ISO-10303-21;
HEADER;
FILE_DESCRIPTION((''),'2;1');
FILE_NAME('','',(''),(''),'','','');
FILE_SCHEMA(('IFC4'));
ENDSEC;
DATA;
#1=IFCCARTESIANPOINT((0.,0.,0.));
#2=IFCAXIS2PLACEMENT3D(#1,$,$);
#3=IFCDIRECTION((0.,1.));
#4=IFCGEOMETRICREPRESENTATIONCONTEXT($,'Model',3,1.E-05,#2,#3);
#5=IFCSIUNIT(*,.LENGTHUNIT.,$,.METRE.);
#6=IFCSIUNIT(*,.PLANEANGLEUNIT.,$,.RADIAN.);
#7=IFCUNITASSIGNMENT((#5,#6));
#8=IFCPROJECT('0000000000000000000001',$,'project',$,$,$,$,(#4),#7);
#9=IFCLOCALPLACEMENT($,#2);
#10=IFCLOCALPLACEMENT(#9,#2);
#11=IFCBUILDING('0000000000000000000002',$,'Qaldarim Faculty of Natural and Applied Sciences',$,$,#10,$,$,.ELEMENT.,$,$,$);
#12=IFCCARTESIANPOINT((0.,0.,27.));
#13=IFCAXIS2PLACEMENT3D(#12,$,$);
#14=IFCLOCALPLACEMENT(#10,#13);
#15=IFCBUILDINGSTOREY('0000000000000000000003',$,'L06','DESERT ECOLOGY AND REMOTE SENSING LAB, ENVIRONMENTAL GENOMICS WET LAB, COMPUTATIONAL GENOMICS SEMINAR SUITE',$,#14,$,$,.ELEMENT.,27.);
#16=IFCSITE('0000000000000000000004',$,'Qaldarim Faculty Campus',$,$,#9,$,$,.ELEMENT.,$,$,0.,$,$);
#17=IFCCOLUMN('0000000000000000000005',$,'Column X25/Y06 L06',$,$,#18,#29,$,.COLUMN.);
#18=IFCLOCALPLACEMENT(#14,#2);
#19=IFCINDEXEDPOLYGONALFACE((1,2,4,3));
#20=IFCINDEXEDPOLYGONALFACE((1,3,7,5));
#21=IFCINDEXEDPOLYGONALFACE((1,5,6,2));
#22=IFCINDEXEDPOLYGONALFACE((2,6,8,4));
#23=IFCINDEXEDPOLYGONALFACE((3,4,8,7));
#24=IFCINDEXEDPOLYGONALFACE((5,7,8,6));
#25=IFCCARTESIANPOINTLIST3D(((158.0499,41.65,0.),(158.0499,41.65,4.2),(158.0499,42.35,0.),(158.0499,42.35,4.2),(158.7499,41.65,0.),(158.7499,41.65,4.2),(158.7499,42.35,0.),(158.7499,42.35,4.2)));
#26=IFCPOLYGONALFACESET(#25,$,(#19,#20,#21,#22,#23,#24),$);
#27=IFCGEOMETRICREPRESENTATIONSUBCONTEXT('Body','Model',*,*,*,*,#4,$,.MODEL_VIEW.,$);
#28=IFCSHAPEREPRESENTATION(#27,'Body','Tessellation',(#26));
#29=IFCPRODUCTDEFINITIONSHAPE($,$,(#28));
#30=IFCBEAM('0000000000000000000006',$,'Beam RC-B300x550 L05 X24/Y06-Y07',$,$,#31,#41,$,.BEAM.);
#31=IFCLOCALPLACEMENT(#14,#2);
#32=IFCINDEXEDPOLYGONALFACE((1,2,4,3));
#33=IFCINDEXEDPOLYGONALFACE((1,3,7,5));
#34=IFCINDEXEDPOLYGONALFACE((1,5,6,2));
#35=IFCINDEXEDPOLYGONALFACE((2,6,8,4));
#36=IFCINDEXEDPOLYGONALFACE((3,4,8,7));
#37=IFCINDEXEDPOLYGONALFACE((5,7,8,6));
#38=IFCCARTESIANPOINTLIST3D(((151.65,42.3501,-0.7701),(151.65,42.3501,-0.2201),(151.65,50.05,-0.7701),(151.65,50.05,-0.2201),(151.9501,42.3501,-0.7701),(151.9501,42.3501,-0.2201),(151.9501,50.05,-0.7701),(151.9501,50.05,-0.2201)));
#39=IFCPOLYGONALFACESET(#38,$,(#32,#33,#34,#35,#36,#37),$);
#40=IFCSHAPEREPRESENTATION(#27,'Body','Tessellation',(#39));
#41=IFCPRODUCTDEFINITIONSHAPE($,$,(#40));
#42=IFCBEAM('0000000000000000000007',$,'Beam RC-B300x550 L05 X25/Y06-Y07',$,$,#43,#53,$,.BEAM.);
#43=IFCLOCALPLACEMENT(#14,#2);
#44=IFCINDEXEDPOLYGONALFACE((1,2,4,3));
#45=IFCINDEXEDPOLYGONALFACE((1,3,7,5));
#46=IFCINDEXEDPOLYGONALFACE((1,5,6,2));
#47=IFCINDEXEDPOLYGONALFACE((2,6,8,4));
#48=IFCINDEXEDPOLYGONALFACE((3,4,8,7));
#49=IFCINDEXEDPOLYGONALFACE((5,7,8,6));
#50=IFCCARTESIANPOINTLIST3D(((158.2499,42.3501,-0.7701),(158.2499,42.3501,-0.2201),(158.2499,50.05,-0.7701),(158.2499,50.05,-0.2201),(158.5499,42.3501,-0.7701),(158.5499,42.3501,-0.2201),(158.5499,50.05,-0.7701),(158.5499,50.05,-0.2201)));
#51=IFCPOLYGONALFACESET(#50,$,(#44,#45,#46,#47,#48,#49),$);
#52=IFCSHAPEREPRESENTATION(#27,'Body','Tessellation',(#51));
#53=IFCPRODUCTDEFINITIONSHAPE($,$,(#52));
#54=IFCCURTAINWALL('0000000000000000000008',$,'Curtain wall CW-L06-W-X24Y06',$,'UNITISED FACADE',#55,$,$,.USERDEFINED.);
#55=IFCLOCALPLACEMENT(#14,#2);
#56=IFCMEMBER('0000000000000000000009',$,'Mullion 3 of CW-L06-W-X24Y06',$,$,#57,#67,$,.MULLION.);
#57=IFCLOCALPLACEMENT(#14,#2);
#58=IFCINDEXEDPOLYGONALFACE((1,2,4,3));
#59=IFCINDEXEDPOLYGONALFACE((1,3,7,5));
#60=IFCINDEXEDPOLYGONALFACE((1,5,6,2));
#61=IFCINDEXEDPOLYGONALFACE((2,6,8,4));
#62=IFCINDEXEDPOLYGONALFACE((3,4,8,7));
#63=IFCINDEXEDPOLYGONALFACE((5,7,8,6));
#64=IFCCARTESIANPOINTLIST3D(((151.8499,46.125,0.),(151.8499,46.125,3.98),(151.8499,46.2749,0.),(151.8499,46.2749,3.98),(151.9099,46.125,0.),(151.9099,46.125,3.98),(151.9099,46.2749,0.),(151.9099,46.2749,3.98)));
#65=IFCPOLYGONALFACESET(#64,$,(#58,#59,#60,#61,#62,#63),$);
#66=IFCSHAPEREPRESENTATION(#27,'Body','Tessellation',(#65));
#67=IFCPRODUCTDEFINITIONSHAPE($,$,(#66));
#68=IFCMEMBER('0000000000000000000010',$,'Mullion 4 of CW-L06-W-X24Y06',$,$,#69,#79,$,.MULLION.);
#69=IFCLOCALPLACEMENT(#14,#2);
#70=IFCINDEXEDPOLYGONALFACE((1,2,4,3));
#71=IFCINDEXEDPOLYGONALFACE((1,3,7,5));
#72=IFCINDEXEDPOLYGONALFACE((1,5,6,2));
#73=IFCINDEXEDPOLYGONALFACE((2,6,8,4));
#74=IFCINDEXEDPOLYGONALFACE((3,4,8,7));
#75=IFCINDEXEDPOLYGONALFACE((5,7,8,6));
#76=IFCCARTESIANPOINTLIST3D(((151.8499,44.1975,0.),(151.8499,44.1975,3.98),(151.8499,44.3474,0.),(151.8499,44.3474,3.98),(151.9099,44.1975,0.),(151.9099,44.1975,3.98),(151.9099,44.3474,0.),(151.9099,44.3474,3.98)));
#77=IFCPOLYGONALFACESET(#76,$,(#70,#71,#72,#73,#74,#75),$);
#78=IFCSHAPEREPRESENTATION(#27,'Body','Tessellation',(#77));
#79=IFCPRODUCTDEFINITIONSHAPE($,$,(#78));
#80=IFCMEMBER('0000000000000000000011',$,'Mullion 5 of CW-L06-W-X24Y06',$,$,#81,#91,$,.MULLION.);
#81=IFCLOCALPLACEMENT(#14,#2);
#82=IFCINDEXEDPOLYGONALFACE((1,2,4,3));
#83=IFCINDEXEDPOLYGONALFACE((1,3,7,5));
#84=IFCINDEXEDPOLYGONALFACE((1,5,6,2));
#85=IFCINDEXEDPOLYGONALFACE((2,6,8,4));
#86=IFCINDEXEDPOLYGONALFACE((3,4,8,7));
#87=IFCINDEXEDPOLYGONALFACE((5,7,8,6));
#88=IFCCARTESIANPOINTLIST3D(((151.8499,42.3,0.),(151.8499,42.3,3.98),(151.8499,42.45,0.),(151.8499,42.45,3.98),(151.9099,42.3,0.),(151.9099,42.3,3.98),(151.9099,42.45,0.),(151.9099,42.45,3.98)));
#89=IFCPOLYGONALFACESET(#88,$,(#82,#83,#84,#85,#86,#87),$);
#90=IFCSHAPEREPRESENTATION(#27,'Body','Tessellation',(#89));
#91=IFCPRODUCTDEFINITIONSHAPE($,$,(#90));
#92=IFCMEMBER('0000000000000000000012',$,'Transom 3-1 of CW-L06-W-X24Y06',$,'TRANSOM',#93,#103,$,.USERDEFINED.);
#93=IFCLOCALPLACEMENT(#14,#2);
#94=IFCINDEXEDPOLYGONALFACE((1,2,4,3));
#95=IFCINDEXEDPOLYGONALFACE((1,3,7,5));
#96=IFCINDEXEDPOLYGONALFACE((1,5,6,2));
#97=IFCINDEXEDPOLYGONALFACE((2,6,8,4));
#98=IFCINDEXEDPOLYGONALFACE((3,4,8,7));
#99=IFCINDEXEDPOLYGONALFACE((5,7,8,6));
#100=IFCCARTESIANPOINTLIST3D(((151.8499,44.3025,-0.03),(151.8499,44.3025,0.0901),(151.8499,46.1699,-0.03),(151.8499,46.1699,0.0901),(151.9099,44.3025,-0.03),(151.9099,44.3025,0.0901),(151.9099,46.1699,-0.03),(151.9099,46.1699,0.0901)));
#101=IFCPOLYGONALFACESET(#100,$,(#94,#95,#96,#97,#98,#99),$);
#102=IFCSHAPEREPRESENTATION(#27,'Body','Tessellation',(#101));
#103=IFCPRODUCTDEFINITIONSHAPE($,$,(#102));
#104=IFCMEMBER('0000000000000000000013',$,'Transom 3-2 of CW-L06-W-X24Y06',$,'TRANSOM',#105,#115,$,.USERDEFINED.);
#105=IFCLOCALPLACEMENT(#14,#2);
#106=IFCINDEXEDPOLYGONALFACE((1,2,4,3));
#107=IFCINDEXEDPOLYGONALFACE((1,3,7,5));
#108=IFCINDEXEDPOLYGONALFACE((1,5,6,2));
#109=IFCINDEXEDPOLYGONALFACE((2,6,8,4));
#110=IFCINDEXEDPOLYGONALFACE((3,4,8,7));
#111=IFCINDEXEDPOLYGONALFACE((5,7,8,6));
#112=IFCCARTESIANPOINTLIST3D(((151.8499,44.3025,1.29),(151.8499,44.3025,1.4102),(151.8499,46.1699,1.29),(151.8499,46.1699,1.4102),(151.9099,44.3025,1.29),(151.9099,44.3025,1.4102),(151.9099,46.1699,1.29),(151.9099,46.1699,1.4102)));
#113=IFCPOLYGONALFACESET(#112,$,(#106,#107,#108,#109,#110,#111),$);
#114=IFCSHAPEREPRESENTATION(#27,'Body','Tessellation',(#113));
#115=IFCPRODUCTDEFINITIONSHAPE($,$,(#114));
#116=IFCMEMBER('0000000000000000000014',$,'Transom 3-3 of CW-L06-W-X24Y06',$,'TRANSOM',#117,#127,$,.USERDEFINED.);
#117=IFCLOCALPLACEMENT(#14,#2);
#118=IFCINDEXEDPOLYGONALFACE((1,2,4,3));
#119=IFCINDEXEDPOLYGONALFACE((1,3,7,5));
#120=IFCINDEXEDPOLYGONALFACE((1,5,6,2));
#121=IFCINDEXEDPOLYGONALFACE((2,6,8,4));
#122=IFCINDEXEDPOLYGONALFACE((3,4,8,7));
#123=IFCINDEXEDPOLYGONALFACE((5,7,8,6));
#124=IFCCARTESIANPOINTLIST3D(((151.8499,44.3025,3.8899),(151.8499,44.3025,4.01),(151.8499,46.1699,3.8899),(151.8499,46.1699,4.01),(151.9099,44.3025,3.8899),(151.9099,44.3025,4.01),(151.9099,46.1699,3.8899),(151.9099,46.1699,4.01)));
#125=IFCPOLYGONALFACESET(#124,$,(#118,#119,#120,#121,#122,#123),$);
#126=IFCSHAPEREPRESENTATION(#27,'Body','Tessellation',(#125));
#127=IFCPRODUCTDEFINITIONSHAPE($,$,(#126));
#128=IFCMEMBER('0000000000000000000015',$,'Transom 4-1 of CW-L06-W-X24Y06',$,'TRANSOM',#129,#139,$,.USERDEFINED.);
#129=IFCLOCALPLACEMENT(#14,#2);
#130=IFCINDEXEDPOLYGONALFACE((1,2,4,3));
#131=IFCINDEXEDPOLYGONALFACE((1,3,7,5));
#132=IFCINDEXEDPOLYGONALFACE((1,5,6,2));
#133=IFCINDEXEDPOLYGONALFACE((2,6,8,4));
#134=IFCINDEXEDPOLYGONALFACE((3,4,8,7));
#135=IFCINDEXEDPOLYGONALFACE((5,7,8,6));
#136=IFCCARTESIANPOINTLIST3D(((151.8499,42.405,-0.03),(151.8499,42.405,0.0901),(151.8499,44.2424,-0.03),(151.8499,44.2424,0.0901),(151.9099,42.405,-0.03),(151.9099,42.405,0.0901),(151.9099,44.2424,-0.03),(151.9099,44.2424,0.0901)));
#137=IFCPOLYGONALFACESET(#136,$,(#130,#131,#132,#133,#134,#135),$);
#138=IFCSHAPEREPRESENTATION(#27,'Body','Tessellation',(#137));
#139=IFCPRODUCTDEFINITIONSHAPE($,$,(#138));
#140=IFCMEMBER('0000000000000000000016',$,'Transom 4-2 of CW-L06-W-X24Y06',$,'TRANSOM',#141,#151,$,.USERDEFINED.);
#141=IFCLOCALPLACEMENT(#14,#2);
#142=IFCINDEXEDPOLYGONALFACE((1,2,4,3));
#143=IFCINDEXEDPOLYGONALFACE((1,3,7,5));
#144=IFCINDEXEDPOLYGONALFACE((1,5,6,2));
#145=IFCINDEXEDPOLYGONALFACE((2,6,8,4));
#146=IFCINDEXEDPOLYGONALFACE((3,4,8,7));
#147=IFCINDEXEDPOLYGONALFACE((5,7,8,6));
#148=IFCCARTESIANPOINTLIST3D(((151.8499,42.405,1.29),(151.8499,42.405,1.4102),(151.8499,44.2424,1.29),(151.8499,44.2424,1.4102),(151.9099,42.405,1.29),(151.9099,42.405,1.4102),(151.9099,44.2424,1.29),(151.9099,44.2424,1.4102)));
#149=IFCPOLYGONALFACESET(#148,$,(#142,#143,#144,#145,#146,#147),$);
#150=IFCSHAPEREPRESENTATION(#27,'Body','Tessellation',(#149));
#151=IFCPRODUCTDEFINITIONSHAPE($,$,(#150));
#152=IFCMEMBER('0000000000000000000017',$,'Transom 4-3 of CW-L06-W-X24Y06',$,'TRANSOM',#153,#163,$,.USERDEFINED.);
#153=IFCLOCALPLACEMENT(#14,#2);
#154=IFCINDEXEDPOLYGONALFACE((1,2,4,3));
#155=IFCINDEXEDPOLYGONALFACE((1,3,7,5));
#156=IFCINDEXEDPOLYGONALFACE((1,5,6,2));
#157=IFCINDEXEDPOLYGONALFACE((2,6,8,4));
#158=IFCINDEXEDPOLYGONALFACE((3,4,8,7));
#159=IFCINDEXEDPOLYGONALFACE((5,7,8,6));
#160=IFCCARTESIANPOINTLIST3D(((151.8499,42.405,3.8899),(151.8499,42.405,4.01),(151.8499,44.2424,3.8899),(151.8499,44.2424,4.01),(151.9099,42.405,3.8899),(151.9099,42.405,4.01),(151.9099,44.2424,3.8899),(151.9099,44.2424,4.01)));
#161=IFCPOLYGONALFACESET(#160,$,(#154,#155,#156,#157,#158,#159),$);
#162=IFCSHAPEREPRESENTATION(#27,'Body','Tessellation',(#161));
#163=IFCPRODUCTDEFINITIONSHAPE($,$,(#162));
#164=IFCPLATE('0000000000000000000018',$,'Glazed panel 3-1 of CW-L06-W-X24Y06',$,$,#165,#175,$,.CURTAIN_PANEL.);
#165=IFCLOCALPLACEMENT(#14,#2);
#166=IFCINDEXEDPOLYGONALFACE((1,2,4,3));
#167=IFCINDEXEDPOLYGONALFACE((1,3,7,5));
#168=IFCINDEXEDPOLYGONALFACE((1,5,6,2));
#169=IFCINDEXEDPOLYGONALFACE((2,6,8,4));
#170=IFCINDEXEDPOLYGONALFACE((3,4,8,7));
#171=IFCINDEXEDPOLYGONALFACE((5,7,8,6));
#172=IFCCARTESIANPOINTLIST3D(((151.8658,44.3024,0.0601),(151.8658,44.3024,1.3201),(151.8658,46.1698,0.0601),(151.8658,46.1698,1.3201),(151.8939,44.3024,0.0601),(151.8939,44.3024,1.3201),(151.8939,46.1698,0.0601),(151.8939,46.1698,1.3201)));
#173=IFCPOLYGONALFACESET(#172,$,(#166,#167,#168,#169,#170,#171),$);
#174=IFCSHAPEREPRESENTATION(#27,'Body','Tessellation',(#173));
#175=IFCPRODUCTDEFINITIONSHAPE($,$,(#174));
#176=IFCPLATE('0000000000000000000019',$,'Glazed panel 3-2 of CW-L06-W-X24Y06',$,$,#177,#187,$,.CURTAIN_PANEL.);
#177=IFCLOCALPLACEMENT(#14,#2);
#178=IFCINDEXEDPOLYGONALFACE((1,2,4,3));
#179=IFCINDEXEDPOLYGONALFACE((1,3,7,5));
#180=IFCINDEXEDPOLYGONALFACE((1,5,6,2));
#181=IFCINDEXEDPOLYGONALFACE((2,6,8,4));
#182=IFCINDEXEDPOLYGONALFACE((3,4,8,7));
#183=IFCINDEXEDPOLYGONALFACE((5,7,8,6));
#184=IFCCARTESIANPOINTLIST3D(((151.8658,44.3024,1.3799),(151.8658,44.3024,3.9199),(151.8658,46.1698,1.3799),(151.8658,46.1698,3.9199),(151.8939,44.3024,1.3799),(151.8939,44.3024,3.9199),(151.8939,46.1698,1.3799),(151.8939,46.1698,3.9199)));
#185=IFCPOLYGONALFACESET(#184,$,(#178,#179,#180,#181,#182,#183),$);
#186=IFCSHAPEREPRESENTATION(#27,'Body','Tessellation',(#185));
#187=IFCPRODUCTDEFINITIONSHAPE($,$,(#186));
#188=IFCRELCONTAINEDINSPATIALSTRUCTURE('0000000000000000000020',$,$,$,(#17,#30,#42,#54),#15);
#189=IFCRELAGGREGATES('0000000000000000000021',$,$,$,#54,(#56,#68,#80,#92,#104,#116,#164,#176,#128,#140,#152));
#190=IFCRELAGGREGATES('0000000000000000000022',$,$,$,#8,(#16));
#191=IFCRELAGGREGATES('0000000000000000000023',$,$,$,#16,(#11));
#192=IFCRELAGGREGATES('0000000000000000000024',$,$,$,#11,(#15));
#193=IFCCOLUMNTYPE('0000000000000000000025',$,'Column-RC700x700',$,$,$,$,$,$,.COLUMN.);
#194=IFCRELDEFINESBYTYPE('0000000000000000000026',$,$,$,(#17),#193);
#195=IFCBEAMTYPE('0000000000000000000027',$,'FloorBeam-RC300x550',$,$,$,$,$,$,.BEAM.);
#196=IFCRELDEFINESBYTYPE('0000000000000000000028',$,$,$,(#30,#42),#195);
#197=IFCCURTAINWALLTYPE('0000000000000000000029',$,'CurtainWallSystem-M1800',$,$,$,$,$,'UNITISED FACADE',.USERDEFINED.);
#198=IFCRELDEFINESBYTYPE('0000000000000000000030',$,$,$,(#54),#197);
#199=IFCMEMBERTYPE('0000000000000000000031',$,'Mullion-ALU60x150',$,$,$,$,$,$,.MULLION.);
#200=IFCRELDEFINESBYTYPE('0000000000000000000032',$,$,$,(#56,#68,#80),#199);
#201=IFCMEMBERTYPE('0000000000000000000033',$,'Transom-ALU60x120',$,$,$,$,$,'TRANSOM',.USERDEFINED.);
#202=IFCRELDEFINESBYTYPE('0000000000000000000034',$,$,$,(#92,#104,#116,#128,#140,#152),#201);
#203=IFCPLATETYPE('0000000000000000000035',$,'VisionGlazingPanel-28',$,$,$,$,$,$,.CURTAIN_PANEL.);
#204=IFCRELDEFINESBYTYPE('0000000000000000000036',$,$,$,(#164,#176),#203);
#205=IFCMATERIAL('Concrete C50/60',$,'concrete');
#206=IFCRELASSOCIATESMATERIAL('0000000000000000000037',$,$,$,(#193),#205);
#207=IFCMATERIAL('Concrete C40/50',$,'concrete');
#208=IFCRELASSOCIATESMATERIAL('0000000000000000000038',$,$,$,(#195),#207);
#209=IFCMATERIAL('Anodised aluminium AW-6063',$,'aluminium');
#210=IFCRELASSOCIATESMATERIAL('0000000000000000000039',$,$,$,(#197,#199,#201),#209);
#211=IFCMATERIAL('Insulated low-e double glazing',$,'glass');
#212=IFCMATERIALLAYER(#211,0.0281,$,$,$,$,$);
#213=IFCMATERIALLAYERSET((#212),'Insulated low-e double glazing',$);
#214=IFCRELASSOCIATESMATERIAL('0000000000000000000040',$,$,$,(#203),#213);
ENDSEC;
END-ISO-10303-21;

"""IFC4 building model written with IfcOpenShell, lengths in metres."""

from ifc_helpers import new_model, si_unit, direction, frame, origin, origin_2d, place, context, subcontext, project, spatial, rectangle, extrude, material, layer, layer_set, material_profile, profile_set, type_object, element, aggregate, save


model = new_model("IFC4")

# Units and contexts
model_context = context("Model", 3, precision=1e-05, world=origin(), true_north=direction((0.0, 1.0)))
body_context = subcontext(model_context, "Body", "Model", "MODEL_VIEW")
ifc_project = project(units=[si_unit("LENGTHUNIT", "METRE"), si_unit("PLANEANGLEUNIT", "RADIAN")], contexts=[model_context])

# Site, building, storey
site_placement = place(None, origin())
site = spatial("IfcSite", under=ifc_project, at=site_placement, Name="Qaldarim Faculty Campus", CompositionType="ELEMENT", RefElevation=0.0)
building_placement = place(site_placement, origin())
building = spatial("IfcBuilding", under=site, at=building_placement, Name="Qaldarim Faculty of Natural and Applied Sciences", CompositionType="ELEMENT")
storey_placement = place(building_placement, frame((0.0, 0.0, 27.0)))
storey = spatial("IfcBuildingStorey", under=building, at=storey_placement, Name="L06", Description="DESERT ECOLOGY AND REMOTE SENSING LAB, ENVIRONMENTAL GENOMICS WET LAB, COMPUTATIONAL GENOMICS SEMINAR SUITE", CompositionType="ELEMENT", Elevation=27.0)

# Column
ifc_material_1 = material(Name="Concrete C50/60", Category="concrete")
ifc_material_profile_1 = material_profile(ifc_material_1, rectangle(XDim=0.7, YDim=0.7, at=origin_2d()), Name="RC-C700x700")
ifc_profile_set_1 = profile_set([ifc_material_profile_1], Name="Concrete C50/60")
column_type = type_object("IfcColumnType", Name="Column-RC700x700", PredefinedType="COLUMN", material=ifc_profile_set_1)
column_placement = place(storey_placement, frame((158.3999, 42.0, 0.0), z_axis=(0.0, 0.0, 1.0), x_axis=(1.0, 0.0, 0.0)))
element("IfcColumn", 1, at=column_placement, inside=storey, type_object=column_type, Name="Column X25/Y06 L06", PredefinedType="COLUMN", context=body_context, shape_type="SweptSolid", body=[
    extrude(rectangle(XDim=0.7, YDim=0.7, at=origin_2d()), origin(), (0.0, 0.0, 1.0), 4.2),
])

# Beams
ifc_material_2 = material(Name="Concrete C40/50", Category="concrete")
ifc_material_profile_2 = material_profile(ifc_material_2, rectangle(XDim=0.3, YDim=0.55, at=origin_2d()), Name="RC-B300x550")
ifc_profile_set_2 = profile_set([ifc_material_profile_2], Name="Concrete C40/50")
beam_type = type_object("IfcBeamType", Name="FloorBeam-RC300x550", PredefinedType="BEAM", material=ifc_profile_set_2)
for number, where, z_axis, x_axis, name in (
    (2, (151.8, 42.3501, -0.4951), (0.0, 1.0, 0.0), (-1.0, 0.0, 0.0), "Beam RC-B300x550 L05 X24/Y06-Y07"),
    (3, (158.3999, 42.3501, -0.4951), (0.0, 1.0, 0.0), (-1.0, 0.0, 0.0), "Beam RC-B300x550 L05 X25/Y06-Y07"),
):
    element("IfcBeam", number, at=place(storey_placement, frame(where, z_axis=z_axis, x_axis=x_axis)), inside=storey, type_object=beam_type, Name=name, PredefinedType="BEAM", context=body_context, shape_type="SweptSolid", body=[
        extrude(rectangle(XDim=0.3, YDim=0.55, at=origin_2d()), origin(), (0.0, 0.0, 1.0), 7.7),
    ])

# Curtain wall, members, plates
ifc_material_3 = material(Name="Anodised aluminium AW-6063", Category="aluminium")
curtain_wall_type = type_object("IfcCurtainWallType", Name="CurtainWallSystem-M1800", ElementType="UNITISED FACADE", PredefinedType="USERDEFINED", material=ifc_material_3)
curtain_wall_placement = place(storey_placement, origin())
curtain_wall = element("IfcCurtainWall", 4, at=curtain_wall_placement, inside=storey, type_object=curtain_wall_type, Name="Curtain wall CW-L06-W-X24Y06", ObjectType="UNITISED FACADE", PredefinedType="USERDEFINED")
ifc_material_profile_3 = material_profile(ifc_material_3, rectangle(XDim=0.0601, YDim=0.1499, at=origin_2d()), Name="ALU-M60x150")
ifc_profile_set_3 = profile_set([ifc_material_profile_3], Name="Anodised aluminium AW-6063")
member_type_1 = type_object("IfcMemberType", Name="Mullion-ALU60x150", PredefinedType="MULLION", material=ifc_profile_set_3)
member_1_placement = place(storey_placement, frame((151.8799, 46.2, 0.0), z_axis=(0.0, 0.0, 1.0), x_axis=(1.0, 0.0, 0.0)))
member_1 = element("IfcMember", 5, at=member_1_placement, type_object=member_type_1, Name="Mullion 3 of CW-L06-W-X24Y06", PredefinedType="MULLION", context=body_context, shape_type="SweptSolid", body=[
    extrude(rectangle(XDim=0.0601, YDim=0.1499, at=origin_2d()), origin(), (0.0, 0.0, 1.0), 3.98),
])
member_2_placement = place(storey_placement, frame((151.8799, 44.2725, 0.0), z_axis=(0.0, 0.0, 1.0), x_axis=(1.0, 0.0, 0.0)))
member_2 = element("IfcMember", 6, at=member_2_placement, type_object=member_type_1, Name="Mullion 4 of CW-L06-W-X24Y06", PredefinedType="MULLION", context=body_context, shape_type="SweptSolid", body=[
    extrude(rectangle(XDim=0.0601, YDim=0.1499, at=origin_2d()), origin(), (0.0, 0.0, 1.0), 3.98),
])
member_3_placement = place(storey_placement, frame((151.8799, 42.375, 0.0), z_axis=(0.0, 0.0, 1.0), x_axis=(1.0, 0.0, 0.0)))
member_3 = element("IfcMember", 7, at=member_3_placement, type_object=member_type_1, Name="Mullion 5 of CW-L06-W-X24Y06", PredefinedType="MULLION", context=body_context, shape_type="SweptSolid", body=[
    extrude(rectangle(XDim=0.0601, YDim=0.1499, at=origin_2d()), origin(), (0.0, 0.0, 1.0), 3.98),
])
ifc_material_profile_4 = material_profile(ifc_material_3, rectangle(XDim=0.0601, YDim=0.1201, at=origin_2d()), Name="ALU-T60x120")
ifc_profile_set_4 = profile_set([ifc_material_profile_4], Name="Anodised aluminium AW-6063")
member_type_2 = type_object("IfcMemberType", Name="Transom-ALU60x120", ElementType="TRANSOM", PredefinedType="USERDEFINED", material=ifc_profile_set_4)
member_4_placement = place(storey_placement, frame((151.8799, 46.1699, 0.03), z_axis=(0.0, -1.0, 0.0), x_axis=(1.0, 0.0, 0.0)))
member_4 = element("IfcMember", 8, at=member_4_placement, type_object=member_type_2, Name="Transom 3-1 of CW-L06-W-X24Y06", ObjectType="TRANSOM", PredefinedType="USERDEFINED", context=body_context, shape_type="SweptSolid", body=[
    extrude(rectangle(XDim=0.0601, YDim=0.1201, at=origin_2d()), origin(), (0.0, 0.0, 1.0), 1.8674),
])
member_5_placement = place(storey_placement, frame((151.8799, 46.1699, 1.3501), z_axis=(0.0, -1.0, 0.0), x_axis=(1.0, 0.0, 0.0)))
member_5 = element("IfcMember", 9, at=member_5_placement, type_object=member_type_2, Name="Transom 3-2 of CW-L06-W-X24Y06", ObjectType="TRANSOM", PredefinedType="USERDEFINED", context=body_context, shape_type="SweptSolid", body=[
    extrude(rectangle(XDim=0.0601, YDim=0.1201, at=origin_2d()), origin(), (0.0, 0.0, 1.0), 1.8674),
])
member_6_placement = place(storey_placement, frame((151.8799, 46.1699, 3.95), z_axis=(0.0, -1.0, 0.0), x_axis=(1.0, 0.0, 0.0)))
member_6 = element("IfcMember", 10, at=member_6_placement, type_object=member_type_2, Name="Transom 3-3 of CW-L06-W-X24Y06", ObjectType="TRANSOM", PredefinedType="USERDEFINED", context=body_context, shape_type="SweptSolid", body=[
    extrude(rectangle(XDim=0.0601, YDim=0.1201, at=origin_2d()), origin(), (0.0, 0.0, 1.0), 1.8674),
])
member_7_placement = place(storey_placement, frame((151.8799, 44.2424, 0.03), z_axis=(0.0, -1.0, 0.0), x_axis=(1.0, 0.0, 0.0)))
member_7 = element("IfcMember", 11, at=member_7_placement, type_object=member_type_2, Name="Transom 4-1 of CW-L06-W-X24Y06", ObjectType="TRANSOM", PredefinedType="USERDEFINED", context=body_context, shape_type="SweptSolid", body=[
    extrude(rectangle(XDim=0.0601, YDim=0.1201, at=origin_2d()), origin(), (0.0, 0.0, 1.0), 1.8374),
])
member_8_placement = place(storey_placement, frame((151.8799, 44.2424, 1.3501), z_axis=(0.0, -1.0, 0.0), x_axis=(1.0, 0.0, 0.0)))
member_8 = element("IfcMember", 12, at=member_8_placement, type_object=member_type_2, Name="Transom 4-2 of CW-L06-W-X24Y06", ObjectType="TRANSOM", PredefinedType="USERDEFINED", context=body_context, shape_type="SweptSolid", body=[
    extrude(rectangle(XDim=0.0601, YDim=0.1201, at=origin_2d()), origin(), (0.0, 0.0, 1.0), 1.8374),
])
member_9_placement = place(storey_placement, frame((151.8799, 44.2424, 3.95), z_axis=(0.0, -1.0, 0.0), x_axis=(1.0, 0.0, 0.0)))
member_9 = element("IfcMember", 13, at=member_9_placement, type_object=member_type_2, Name="Transom 4-3 of CW-L06-W-X24Y06", ObjectType="TRANSOM", PredefinedType="USERDEFINED", context=body_context, shape_type="SweptSolid", body=[
    extrude(rectangle(XDim=0.0601, YDim=0.1201, at=origin_2d()), origin(), (0.0, 0.0, 1.0), 1.8374),
])
ifc_material_4 = material(Name="Insulated low-e double glazing", Category="glass")
ifc_layer_1 = layer(ifc_material_4, 0.0281)
ifc_layer_set_1 = layer_set([ifc_layer_1], Name="Insulated low-e double glazing")
plate_type = type_object("IfcPlateType", Name="VisionGlazingPanel-28", PredefinedType="CURTAIN_PANEL", material=ifc_layer_set_1)
plate_1_placement = place(storey_placement, frame((151.8799, 45.2361, 0.0601), z_axis=(0.0, 0.0, 1.0), x_axis=(0.0, -1.0, 0.0)))
plate_1 = element("IfcPlate", 14, at=plate_1_placement, type_object=plate_type, Name="Glazed panel 3-1 of CW-L06-W-X24Y06", PredefinedType="CURTAIN_PANEL", context=body_context, shape_type="SweptSolid", body=[
    extrude(rectangle(XDim=1.8674, YDim=0.0281, at=origin_2d()), origin(), (0.0, 0.0, 1.0), 1.26),
])
plate_2_placement = place(storey_placement, frame((151.8799, 45.2361, 1.3799), z_axis=(0.0, 0.0, 1.0), x_axis=(0.0, -1.0, 0.0)))
plate_2 = element("IfcPlate", 15, at=plate_2_placement, type_object=plate_type, Name="Glazed panel 3-2 of CW-L06-W-X24Y06", PredefinedType="CURTAIN_PANEL", context=body_context, shape_type="SweptSolid", body=[
    extrude(rectangle(XDim=1.8674, YDim=0.0281, at=origin_2d()), origin(), (0.0, 0.0, 1.0), 2.54),
])
aggregate(curtain_wall, [member_1, member_2, member_3, member_4, member_5, member_6, plate_1, plate_2, member_7, member_8, member_9])

save(model, "model.ifc")
